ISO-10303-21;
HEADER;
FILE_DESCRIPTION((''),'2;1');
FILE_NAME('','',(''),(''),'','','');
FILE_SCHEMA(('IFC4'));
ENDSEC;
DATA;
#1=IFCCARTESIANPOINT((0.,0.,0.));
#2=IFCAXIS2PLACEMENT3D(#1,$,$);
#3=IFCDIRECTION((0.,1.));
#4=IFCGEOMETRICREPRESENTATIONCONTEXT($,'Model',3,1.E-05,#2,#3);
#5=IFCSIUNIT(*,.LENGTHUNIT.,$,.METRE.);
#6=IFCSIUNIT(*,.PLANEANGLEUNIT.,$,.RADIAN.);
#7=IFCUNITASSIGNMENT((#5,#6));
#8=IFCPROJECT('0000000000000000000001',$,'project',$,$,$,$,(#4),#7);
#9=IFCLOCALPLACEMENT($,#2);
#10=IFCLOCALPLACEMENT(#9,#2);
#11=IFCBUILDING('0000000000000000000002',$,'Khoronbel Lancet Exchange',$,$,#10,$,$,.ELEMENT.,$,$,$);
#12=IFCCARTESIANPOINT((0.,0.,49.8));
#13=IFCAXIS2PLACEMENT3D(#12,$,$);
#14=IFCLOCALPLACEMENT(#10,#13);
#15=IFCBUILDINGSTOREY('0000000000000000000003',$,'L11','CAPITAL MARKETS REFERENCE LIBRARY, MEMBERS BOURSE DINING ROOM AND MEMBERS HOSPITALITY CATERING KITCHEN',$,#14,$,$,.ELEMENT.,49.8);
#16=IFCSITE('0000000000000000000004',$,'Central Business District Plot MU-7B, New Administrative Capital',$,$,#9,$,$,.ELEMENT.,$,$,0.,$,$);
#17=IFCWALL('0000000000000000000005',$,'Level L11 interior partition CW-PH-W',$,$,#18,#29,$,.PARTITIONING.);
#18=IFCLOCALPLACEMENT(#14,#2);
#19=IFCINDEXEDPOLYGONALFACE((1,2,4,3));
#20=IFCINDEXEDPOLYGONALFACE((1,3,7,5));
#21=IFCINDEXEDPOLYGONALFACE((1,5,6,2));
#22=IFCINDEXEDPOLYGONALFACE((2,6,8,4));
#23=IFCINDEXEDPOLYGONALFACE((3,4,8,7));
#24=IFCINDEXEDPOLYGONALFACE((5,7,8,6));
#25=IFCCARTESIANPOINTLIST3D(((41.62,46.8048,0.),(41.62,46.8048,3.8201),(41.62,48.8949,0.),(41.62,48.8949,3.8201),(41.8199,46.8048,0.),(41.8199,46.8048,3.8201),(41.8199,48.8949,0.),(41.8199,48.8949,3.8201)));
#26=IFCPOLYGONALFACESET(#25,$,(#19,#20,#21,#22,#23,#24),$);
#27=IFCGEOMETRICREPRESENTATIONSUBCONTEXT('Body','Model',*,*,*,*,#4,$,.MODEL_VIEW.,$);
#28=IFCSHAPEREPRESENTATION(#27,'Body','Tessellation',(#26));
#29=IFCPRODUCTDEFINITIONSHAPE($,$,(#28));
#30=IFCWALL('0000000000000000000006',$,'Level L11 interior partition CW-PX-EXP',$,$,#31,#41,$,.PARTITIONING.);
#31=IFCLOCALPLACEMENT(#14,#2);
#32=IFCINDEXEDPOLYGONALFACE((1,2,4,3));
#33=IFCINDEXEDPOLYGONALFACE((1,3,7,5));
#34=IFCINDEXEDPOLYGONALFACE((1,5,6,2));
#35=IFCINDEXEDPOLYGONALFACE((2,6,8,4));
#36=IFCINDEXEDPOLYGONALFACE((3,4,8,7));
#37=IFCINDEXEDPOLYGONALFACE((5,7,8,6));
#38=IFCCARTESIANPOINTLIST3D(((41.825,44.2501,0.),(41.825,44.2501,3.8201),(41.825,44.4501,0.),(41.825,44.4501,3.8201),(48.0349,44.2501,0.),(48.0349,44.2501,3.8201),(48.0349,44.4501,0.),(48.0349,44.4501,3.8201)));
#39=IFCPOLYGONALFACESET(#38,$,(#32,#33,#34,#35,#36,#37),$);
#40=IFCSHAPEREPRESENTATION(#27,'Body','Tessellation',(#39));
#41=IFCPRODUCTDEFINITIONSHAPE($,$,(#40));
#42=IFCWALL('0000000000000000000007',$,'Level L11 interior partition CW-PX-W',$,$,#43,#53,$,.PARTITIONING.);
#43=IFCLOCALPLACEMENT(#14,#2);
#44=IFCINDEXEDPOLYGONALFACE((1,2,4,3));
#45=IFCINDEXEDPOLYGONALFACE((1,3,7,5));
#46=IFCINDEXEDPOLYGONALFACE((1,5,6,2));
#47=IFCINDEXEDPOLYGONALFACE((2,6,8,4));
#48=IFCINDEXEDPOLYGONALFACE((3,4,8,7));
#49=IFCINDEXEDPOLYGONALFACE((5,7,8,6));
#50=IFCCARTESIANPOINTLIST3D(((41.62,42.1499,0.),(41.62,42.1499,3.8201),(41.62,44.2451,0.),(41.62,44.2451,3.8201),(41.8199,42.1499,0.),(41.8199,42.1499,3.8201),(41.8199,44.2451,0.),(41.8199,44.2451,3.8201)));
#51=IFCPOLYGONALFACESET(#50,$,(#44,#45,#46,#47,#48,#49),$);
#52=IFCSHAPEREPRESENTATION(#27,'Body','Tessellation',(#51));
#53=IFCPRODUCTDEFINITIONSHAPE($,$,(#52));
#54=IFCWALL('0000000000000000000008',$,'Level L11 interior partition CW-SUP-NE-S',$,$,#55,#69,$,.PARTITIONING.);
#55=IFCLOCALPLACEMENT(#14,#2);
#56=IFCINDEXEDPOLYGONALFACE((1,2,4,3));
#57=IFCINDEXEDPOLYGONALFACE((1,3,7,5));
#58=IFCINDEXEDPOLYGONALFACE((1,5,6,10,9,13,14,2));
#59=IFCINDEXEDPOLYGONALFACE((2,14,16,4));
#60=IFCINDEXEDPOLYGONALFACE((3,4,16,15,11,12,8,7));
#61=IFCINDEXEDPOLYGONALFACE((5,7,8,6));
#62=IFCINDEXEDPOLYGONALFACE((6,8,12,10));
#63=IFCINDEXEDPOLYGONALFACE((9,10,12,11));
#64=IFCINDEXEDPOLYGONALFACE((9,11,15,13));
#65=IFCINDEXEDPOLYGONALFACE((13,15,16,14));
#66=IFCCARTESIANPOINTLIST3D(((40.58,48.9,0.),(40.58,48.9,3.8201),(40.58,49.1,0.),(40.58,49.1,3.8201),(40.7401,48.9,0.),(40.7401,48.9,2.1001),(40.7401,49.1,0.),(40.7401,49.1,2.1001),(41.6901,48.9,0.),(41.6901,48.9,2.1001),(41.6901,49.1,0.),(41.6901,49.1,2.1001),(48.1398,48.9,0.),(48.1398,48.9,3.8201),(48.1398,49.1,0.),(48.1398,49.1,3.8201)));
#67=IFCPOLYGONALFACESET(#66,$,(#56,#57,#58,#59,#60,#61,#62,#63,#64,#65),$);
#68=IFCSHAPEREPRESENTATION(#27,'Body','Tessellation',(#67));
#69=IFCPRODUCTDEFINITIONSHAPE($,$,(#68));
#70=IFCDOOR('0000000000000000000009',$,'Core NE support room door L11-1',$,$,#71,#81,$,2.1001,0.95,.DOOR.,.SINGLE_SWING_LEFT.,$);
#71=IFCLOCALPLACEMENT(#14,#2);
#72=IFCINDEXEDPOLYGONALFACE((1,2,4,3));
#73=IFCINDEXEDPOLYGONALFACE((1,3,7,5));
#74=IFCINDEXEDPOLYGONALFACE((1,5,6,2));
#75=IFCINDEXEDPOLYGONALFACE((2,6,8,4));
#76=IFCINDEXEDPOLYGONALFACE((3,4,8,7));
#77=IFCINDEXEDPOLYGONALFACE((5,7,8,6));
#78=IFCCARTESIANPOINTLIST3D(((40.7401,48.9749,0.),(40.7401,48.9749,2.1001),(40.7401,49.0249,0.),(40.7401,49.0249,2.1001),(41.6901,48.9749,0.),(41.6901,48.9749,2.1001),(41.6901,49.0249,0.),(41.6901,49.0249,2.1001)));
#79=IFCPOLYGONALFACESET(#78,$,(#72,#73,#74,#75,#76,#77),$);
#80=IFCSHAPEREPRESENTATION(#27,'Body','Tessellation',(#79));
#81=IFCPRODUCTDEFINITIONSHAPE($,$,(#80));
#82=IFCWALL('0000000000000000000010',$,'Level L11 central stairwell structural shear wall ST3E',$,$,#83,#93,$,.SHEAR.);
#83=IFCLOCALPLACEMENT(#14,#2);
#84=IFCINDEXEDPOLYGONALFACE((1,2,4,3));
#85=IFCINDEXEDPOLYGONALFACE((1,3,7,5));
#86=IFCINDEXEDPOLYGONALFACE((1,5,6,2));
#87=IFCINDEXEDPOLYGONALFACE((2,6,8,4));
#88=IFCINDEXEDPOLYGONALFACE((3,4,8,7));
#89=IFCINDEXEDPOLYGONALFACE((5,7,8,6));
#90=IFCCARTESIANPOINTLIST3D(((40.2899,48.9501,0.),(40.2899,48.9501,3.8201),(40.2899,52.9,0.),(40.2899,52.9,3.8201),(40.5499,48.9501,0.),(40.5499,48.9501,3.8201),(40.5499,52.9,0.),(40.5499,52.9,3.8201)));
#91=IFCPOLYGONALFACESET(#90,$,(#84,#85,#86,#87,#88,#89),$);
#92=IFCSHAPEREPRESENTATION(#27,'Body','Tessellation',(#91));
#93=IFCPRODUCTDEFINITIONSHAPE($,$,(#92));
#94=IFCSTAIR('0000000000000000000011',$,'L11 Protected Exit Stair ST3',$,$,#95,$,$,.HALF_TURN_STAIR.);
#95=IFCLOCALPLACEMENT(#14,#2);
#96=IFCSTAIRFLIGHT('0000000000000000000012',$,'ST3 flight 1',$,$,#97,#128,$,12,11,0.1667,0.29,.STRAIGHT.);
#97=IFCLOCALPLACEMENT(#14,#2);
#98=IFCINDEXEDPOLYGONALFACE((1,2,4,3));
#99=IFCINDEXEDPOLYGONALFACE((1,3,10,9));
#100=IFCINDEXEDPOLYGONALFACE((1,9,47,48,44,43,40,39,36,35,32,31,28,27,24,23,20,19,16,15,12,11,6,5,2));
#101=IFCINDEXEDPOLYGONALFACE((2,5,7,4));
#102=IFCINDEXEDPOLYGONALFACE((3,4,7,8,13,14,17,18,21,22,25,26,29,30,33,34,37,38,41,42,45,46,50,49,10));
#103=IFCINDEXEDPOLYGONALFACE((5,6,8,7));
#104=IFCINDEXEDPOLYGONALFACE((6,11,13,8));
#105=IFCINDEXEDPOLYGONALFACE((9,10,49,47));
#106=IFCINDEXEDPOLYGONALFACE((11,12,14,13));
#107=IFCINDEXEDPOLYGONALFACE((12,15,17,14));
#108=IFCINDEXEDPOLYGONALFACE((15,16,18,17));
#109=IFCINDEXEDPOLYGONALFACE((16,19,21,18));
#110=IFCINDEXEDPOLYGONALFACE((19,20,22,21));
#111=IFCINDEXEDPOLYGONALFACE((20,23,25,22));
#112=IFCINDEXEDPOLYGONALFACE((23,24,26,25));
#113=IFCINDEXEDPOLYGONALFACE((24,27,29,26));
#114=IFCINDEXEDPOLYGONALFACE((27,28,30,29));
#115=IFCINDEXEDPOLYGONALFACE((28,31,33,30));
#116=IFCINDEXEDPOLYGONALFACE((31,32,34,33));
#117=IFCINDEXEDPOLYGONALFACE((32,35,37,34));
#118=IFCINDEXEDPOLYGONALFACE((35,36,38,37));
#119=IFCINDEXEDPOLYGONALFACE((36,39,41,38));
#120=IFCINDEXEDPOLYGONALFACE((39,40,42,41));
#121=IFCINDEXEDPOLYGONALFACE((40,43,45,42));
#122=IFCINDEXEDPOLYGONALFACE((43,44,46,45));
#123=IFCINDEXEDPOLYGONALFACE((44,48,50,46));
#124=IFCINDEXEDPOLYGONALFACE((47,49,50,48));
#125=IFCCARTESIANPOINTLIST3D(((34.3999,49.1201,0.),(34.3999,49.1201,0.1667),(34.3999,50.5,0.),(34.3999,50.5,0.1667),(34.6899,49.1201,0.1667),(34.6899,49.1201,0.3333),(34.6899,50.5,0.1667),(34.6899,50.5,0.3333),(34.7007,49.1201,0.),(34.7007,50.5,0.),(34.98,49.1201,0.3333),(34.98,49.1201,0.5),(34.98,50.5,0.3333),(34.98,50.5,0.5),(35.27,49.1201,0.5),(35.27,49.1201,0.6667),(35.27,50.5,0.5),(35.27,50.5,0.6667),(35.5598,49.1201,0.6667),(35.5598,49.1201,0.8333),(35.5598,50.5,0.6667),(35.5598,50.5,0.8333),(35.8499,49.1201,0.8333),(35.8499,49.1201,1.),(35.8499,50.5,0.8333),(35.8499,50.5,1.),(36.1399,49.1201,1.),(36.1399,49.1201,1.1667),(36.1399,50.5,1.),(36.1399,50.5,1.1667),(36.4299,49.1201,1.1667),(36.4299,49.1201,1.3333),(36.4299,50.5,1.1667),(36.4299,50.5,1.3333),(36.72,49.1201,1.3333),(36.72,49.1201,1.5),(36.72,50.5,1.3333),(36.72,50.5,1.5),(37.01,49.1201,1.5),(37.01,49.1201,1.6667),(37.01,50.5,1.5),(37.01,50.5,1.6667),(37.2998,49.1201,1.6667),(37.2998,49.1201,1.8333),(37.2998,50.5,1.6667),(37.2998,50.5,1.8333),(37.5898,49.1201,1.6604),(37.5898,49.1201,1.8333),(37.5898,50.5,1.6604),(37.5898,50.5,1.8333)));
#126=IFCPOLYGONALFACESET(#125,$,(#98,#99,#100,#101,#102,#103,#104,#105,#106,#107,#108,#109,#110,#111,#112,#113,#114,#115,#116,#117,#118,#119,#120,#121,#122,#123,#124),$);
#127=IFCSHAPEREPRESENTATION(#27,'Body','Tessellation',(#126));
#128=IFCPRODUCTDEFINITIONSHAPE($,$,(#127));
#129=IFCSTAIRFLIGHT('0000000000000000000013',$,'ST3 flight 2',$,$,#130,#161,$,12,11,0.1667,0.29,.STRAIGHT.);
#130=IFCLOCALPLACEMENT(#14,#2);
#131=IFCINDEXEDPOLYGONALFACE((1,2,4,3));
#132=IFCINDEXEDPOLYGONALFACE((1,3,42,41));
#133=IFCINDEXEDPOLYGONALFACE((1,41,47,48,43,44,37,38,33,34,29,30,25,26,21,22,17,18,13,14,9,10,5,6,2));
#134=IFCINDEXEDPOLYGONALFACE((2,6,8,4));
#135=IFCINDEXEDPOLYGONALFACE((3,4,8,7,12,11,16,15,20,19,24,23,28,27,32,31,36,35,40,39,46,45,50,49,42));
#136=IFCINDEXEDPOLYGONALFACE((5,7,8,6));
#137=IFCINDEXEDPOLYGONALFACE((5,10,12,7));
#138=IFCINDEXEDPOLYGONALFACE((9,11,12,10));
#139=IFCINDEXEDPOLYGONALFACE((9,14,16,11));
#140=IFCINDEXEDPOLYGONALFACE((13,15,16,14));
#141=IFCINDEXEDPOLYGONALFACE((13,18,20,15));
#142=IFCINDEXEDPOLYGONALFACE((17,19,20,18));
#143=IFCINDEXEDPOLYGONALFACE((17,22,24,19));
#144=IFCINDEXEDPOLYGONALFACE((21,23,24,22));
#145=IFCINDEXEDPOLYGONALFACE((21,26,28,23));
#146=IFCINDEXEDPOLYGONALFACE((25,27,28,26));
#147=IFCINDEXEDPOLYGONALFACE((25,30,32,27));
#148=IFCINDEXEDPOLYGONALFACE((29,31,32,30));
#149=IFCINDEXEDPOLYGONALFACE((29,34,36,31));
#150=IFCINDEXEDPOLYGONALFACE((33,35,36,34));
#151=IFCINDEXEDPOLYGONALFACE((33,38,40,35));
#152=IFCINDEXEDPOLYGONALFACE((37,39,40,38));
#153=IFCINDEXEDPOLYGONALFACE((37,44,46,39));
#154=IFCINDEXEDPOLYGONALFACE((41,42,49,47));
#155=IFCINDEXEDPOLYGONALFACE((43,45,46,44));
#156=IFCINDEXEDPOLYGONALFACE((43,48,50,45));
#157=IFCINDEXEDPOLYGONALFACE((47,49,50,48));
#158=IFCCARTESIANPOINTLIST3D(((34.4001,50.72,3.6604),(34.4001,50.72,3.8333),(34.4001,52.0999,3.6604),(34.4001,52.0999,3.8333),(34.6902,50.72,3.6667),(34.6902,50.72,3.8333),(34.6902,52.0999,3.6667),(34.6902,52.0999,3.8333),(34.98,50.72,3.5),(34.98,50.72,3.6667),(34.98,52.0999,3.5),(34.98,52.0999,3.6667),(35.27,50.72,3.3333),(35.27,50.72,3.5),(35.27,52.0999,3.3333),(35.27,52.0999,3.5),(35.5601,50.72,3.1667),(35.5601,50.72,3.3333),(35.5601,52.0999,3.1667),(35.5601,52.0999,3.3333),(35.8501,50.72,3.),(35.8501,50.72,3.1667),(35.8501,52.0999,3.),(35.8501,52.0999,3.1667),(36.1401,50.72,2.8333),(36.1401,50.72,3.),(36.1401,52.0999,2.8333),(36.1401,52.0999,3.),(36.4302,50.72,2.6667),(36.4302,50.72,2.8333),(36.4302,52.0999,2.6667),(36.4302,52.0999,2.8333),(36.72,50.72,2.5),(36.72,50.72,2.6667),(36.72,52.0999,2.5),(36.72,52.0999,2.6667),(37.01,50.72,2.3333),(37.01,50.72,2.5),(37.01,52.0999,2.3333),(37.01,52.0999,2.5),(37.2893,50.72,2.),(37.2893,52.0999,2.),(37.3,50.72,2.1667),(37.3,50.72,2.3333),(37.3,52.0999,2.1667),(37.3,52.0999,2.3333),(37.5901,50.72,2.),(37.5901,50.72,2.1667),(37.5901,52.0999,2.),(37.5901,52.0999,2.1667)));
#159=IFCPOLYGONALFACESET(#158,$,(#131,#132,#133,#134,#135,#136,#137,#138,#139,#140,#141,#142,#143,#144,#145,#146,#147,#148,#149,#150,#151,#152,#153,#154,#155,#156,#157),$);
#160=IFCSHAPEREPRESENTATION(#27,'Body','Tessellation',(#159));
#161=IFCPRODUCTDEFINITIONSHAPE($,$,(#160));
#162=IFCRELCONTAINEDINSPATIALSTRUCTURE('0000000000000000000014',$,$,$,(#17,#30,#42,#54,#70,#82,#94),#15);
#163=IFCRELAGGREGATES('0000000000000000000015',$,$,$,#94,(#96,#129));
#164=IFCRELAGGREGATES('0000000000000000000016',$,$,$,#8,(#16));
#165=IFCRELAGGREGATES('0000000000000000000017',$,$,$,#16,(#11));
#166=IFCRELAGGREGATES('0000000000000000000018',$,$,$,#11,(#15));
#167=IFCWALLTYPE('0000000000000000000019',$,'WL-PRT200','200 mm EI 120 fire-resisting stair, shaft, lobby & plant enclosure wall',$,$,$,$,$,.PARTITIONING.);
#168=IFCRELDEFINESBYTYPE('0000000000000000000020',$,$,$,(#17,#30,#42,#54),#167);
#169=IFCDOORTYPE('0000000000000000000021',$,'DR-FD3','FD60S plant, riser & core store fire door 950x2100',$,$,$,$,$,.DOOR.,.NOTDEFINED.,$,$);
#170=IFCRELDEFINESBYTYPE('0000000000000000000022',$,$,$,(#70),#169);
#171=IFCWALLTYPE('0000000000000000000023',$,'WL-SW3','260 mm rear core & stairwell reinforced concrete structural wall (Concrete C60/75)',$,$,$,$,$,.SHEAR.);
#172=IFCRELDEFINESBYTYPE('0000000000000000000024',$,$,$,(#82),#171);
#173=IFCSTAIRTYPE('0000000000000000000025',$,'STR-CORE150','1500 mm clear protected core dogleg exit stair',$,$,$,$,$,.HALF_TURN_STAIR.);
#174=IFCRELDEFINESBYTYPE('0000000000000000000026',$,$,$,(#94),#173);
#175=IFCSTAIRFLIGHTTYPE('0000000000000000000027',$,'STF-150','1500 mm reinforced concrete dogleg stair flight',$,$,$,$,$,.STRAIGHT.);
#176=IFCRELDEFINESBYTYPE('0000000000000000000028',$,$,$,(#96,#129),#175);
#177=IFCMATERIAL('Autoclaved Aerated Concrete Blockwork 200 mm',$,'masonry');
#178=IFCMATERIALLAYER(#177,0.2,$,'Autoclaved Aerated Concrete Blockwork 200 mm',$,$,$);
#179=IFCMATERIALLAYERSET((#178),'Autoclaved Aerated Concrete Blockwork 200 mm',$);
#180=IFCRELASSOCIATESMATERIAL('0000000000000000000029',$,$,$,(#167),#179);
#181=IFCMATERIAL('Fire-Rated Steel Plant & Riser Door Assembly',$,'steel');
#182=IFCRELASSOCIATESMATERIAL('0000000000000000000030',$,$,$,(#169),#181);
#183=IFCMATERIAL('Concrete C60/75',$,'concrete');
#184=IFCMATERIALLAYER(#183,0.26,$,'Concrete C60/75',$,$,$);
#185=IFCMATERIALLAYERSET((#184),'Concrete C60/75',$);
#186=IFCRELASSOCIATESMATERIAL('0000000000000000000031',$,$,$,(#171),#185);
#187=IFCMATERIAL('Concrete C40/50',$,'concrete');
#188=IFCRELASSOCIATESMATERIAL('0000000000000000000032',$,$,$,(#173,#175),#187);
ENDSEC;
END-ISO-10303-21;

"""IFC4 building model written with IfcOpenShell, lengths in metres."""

from ifc_helpers import new_model, si_unit, direction, frame, frame_2d, origin, place, context, subcontext, project, spatial, polyline, rectangle, outline, extrude, material, layer, layer_set, type_object, element, fill, aggregate, save


model = new_model("IFC4")

# Units and contexts
model_context = context("Model", 3, precision=1e-05, world=origin(), true_north=direction((0.0, 1.0)))
body_context = subcontext(model_context, "Body", "Model", "MODEL_VIEW")
ifc_project = project(units=[si_unit("LENGTHUNIT", "METRE"), si_unit("PLANEANGLEUNIT", "RADIAN")], contexts=[model_context])

# Site, building, storey
site_placement = place(None, origin())
site = spatial("IfcSite", under=ifc_project, at=site_placement, Name="Central Business District Plot MU-7B, New Administrative Capital", CompositionType="ELEMENT", RefElevation=0.0)
building_placement = place(site_placement, origin())
building = spatial("IfcBuilding", under=site, at=building_placement, Name="Khoronbel Lancet Exchange", CompositionType="ELEMENT")
storey_placement = place(building_placement, frame((0.0, 0.0, 49.8)))
storey = spatial("IfcBuildingStorey", under=building, at=storey_placement, Name="L11", Description="CAPITAL MARKETS REFERENCE LIBRARY, MEMBERS BOURSE DINING ROOM AND MEMBERS HOSPITALITY CATERING KITCHEN", CompositionType="ELEMENT", Elevation=49.8)

# Walls
ifc_material_1 = material(Name="Autoclaved Aerated Concrete Blockwork 200 mm", Category="masonry")
ifc_layer_1 = layer(ifc_material_1, 0.2, Name="Autoclaved Aerated Concrete Blockwork 200 mm")
ifc_layer_set_1 = layer_set([ifc_layer_1], Name="Autoclaved Aerated Concrete Blockwork 200 mm")
wall_type_1 = type_object("IfcWallType", Name="WL-PRT200", Description="200 mm EI 120 fire-resisting stair, shaft, lobby & plant enclosure wall", PredefinedType="PARTITIONING", material=ifc_layer_set_1)
wall_1_placement = place(storey_placement, frame((41.72, 46.8049, 0.0), z_axis=(0.0, 0.0, 1.0), x_axis=(0.0, 1.0, 0.0)))
element("IfcWall", 1, at=wall_1_placement, inside=storey, type_object=wall_type_1, Name="Level L11 interior partition CW-PH-W", PredefinedType="PARTITIONING", context=body_context, shape_type="SweptSolid", body=[
    extrude(rectangle(XDim=2.0901, YDim=0.2, at=frame_2d((1.0449, 0.0))), origin(), (0.0, 0.0, 1.0), 3.8201),
])
wall_2_placement = place(storey_placement, frame((41.825, 44.3501, 0.0), z_axis=(0.0, 0.0, 1.0), x_axis=(1.0, 0.0, 0.0)))
element("IfcWall", 2, at=wall_2_placement, inside=storey, type_object=wall_type_1, Name="Level L11 interior partition CW-PX-EXP", PredefinedType="PARTITIONING", context=body_context, shape_type="SweptSolid", body=[
    extrude(rectangle(XDim=6.21, YDim=0.2, at=frame_2d((3.105, 0.0))), origin(), (0.0, 0.0, 1.0), 3.8201),
])
wall_3_placement = place(storey_placement, frame((41.72, 42.1499, 0.0), z_axis=(0.0, 0.0, 1.0), x_axis=(0.0, 1.0, 0.0)))
element("IfcWall", 3, at=wall_3_placement, inside=storey, type_object=wall_type_1, Name="Level L11 interior partition CW-PX-W", PredefinedType="PARTITIONING", context=body_context, shape_type="SweptSolid", body=[
    extrude(rectangle(XDim=2.0952, YDim=0.2, at=frame_2d((1.0476, 0.0))), origin(), (0.0, 0.0, 1.0), 3.8201),
])

# Wall, opening, door
wall_4_placement = place(storey_placement, frame((40.5801, 49.0, 0.0), z_axis=(0.0, 0.0, 1.0), x_axis=(1.0, 0.0, 0.0)))
wall_4 = element("IfcWall", 4, at=wall_4_placement, inside=storey, type_object=wall_type_1, Name="Level L11 interior partition CW-SUP-NE-S", PredefinedType="PARTITIONING", context=body_context, shape_type="SweptSolid", body=[
    extrude(rectangle(XDim=7.5598, YDim=0.2, at=frame_2d((3.7798, 0.0))), origin(), (0.0, 0.0, 1.0), 3.8201),
])
opening_1_placement = place(wall_4_placement, frame((0.1599, 0.0, 0.0)))
opening_1 = element("IfcOpeningElement", 5, at=opening_1_placement, cuts=wall_4, PredefinedType="OPENING", context=body_context, shape_type="SweptSolid", body=[
    extrude(rectangle(XDim=0.95, YDim=2.1001, at=frame_2d((0.4751, 1.05))), frame((0.0, 0.1099, 0.0), z_axis=(0.0, -1.0, 0.0), x_axis=(1.0, 0.0, 0.0)), (0.0, 0.0, 1.0), 0.22),
])
ifc_material_2 = material(Name="Fire-Rated Steel Plant & Riser Door Assembly", Category="steel")
door_type_1 = type_object("IfcDoorType", Name="DR-FD3", Description="FD60S plant, riser & core store fire door 950x2100", OperationType="NOTDEFINED", PredefinedType="DOOR", material=ifc_material_2)
door_1_placement = place(opening_1_placement, origin())
door_1 = element("IfcDoor", 6, at=door_1_placement, inside=storey, type_object=door_type_1, Name="Core NE support room door L11-1", OperationType="SINGLE_SWING_LEFT", OverallHeight=2.1001, OverallWidth=0.95, PredefinedType="DOOR", context=body_context, shape_type="SweptSolid", body=[
    extrude(rectangle(XDim=0.95, YDim=2.1001, at=frame_2d((0.4751, 1.05))), frame((0.0, 0.0249, 0.0), z_axis=(0.0, -1.0, 0.0), x_axis=(1.0, 0.0, 0.0)), (0.0, 0.0, 1.0), 0.05),
])
fill(opening_1, door_1)

# Wall
ifc_material_3 = material(Name="Concrete C60/75", Category="concrete")
ifc_layer_2 = layer(ifc_material_3, 0.26, Name="Concrete C60/75")
ifc_layer_set_2 = layer_set([ifc_layer_2], Name="Concrete C60/75")
wall_type_2 = type_object("IfcWallType", Name="WL-SW3", Description="260 mm rear core & stairwell reinforced concrete structural wall (Concrete C60/75)", PredefinedType="SHEAR", material=ifc_layer_set_2)
wall_5_placement = place(storey_placement, frame((40.4199, 48.95, 0.0), z_axis=(0.0, 0.0, 1.0), x_axis=(0.0, 1.0, 0.0)))
element("IfcWall", 7, at=wall_5_placement, inside=storey, type_object=wall_type_2, Name="Level L11 central stairwell structural shear wall ST3E", PredefinedType="SHEAR", context=body_context, shape_type="SweptSolid", body=[
    extrude(rectangle(XDim=3.95, YDim=0.26, at=frame_2d((1.9751, 0.0))), origin(), (0.0, 0.0, 1.0), 3.8201),
])

# Stair, stair flights
ifc_material_4 = material(Name="Concrete C40/50", Category="concrete")
stair_type = type_object("IfcStairType", Name="STR-CORE150", Description="1500 mm clear protected core dogleg exit stair", PredefinedType="HALF_TURN_STAIR", material=ifc_material_4)
stair_placement = place(storey_placement, origin())
stair = element("IfcStair", 8, at=stair_placement, inside=storey, type_object=stair_type, Name="L11 Protected Exit Stair ST3", PredefinedType="HALF_TURN_STAIR")
stair_flight_type = type_object("IfcStairFlightType", Name="STF-150", Description="1500 mm reinforced concrete dogleg stair flight", PredefinedType="STRAIGHT", material=ifc_material_4)
stair_flight_1_placement = place(storey_placement, frame((34.3999, 49.8101, 0.0), z_axis=(0.0, 0.0, 1.0), x_axis=(1.0, 0.0, 0.0)))
stair_flight_1 = element("IfcStairFlight", 9, at=stair_flight_1_placement, type_object=stair_flight_type, Name="ST3 flight 1", NumberOfRisers=12, NumberOfTreads=11, PredefinedType="STRAIGHT", RiserHeight=0.1667, TreadLength=0.29, context=body_context, shape_type="SweptSolid", body=[
    extrude(outline(polyline([(0.0, 0.0), (0.0, 0.1667), (0.29, 0.1667), (0.29, 0.3333), (0.5801, 0.3333), (0.5801, 0.5), (0.8701, 0.5), (0.8701, 0.6667), (1.1599, 0.6667), (1.1599, 0.8333), (1.45, 0.8333), (1.45, 1.0), (1.74, 1.0), (1.74, 1.1667), (2.03, 1.1667), (2.03, 1.3333), (2.3201, 1.3333), (2.3201, 1.5), (2.6101, 1.5), (2.6101, 1.6667), (2.8999, 1.6667), (2.8999, 1.8333), (3.1899, 1.8333), (3.1899, 2.0), (3.1899, 1.6604), (0.3008, 0.0), (0.0, 0.0)])), frame((0.0, 0.6899, 0.0), z_axis=(0.0, -1.0, 0.0), x_axis=(1.0, 0.0, 0.0)), (0.0, 0.0, 1.0), 1.3799),
])
stair_flight_2_placement = place(storey_placement, frame((37.5901, 51.4099, 2.0), z_axis=(0.0, 0.0, 1.0), x_axis=(-1.0, 0.0, 0.0)))
stair_flight_2 = element("IfcStairFlight", 10, at=stair_flight_2_placement, type_object=stair_flight_type, Name="ST3 flight 2", NumberOfRisers=12, NumberOfTreads=11, PredefinedType="STRAIGHT", RiserHeight=0.1667, TreadLength=0.29, context=body_context, shape_type="SweptSolid", body=[
    extrude(outline(polyline([(0.0, 0.0), (0.0, 0.1667), (0.29, 0.1667), (0.29, 0.3333), (0.5801, 0.3333), (0.5801, 0.5), (0.8701, 0.5), (0.8701, 0.6667), (1.1599, 0.6667), (1.1599, 0.8333), (1.45, 0.8333), (1.45, 1.0), (1.74, 1.0), (1.74, 1.1667), (2.03, 1.1667), (2.03, 1.3333), (2.3201, 1.3333), (2.3201, 1.5), (2.6101, 1.5), (2.6101, 1.6667), (2.8999, 1.6667), (2.8999, 1.8333), (3.1899, 1.8333), (3.1899, 2.0), (3.1899, 1.6604), (0.3008, 0.0), (0.0, 0.0)])), frame((0.0, 0.6899, 0.0), z_axis=(0.0, -1.0, 0.0), x_axis=(1.0, 0.0, 0.0)), (0.0, 0.0, 1.0), 1.3799),
])
aggregate(stair, [stair_flight_1, stair_flight_2])

save(model, "model.ifc")
